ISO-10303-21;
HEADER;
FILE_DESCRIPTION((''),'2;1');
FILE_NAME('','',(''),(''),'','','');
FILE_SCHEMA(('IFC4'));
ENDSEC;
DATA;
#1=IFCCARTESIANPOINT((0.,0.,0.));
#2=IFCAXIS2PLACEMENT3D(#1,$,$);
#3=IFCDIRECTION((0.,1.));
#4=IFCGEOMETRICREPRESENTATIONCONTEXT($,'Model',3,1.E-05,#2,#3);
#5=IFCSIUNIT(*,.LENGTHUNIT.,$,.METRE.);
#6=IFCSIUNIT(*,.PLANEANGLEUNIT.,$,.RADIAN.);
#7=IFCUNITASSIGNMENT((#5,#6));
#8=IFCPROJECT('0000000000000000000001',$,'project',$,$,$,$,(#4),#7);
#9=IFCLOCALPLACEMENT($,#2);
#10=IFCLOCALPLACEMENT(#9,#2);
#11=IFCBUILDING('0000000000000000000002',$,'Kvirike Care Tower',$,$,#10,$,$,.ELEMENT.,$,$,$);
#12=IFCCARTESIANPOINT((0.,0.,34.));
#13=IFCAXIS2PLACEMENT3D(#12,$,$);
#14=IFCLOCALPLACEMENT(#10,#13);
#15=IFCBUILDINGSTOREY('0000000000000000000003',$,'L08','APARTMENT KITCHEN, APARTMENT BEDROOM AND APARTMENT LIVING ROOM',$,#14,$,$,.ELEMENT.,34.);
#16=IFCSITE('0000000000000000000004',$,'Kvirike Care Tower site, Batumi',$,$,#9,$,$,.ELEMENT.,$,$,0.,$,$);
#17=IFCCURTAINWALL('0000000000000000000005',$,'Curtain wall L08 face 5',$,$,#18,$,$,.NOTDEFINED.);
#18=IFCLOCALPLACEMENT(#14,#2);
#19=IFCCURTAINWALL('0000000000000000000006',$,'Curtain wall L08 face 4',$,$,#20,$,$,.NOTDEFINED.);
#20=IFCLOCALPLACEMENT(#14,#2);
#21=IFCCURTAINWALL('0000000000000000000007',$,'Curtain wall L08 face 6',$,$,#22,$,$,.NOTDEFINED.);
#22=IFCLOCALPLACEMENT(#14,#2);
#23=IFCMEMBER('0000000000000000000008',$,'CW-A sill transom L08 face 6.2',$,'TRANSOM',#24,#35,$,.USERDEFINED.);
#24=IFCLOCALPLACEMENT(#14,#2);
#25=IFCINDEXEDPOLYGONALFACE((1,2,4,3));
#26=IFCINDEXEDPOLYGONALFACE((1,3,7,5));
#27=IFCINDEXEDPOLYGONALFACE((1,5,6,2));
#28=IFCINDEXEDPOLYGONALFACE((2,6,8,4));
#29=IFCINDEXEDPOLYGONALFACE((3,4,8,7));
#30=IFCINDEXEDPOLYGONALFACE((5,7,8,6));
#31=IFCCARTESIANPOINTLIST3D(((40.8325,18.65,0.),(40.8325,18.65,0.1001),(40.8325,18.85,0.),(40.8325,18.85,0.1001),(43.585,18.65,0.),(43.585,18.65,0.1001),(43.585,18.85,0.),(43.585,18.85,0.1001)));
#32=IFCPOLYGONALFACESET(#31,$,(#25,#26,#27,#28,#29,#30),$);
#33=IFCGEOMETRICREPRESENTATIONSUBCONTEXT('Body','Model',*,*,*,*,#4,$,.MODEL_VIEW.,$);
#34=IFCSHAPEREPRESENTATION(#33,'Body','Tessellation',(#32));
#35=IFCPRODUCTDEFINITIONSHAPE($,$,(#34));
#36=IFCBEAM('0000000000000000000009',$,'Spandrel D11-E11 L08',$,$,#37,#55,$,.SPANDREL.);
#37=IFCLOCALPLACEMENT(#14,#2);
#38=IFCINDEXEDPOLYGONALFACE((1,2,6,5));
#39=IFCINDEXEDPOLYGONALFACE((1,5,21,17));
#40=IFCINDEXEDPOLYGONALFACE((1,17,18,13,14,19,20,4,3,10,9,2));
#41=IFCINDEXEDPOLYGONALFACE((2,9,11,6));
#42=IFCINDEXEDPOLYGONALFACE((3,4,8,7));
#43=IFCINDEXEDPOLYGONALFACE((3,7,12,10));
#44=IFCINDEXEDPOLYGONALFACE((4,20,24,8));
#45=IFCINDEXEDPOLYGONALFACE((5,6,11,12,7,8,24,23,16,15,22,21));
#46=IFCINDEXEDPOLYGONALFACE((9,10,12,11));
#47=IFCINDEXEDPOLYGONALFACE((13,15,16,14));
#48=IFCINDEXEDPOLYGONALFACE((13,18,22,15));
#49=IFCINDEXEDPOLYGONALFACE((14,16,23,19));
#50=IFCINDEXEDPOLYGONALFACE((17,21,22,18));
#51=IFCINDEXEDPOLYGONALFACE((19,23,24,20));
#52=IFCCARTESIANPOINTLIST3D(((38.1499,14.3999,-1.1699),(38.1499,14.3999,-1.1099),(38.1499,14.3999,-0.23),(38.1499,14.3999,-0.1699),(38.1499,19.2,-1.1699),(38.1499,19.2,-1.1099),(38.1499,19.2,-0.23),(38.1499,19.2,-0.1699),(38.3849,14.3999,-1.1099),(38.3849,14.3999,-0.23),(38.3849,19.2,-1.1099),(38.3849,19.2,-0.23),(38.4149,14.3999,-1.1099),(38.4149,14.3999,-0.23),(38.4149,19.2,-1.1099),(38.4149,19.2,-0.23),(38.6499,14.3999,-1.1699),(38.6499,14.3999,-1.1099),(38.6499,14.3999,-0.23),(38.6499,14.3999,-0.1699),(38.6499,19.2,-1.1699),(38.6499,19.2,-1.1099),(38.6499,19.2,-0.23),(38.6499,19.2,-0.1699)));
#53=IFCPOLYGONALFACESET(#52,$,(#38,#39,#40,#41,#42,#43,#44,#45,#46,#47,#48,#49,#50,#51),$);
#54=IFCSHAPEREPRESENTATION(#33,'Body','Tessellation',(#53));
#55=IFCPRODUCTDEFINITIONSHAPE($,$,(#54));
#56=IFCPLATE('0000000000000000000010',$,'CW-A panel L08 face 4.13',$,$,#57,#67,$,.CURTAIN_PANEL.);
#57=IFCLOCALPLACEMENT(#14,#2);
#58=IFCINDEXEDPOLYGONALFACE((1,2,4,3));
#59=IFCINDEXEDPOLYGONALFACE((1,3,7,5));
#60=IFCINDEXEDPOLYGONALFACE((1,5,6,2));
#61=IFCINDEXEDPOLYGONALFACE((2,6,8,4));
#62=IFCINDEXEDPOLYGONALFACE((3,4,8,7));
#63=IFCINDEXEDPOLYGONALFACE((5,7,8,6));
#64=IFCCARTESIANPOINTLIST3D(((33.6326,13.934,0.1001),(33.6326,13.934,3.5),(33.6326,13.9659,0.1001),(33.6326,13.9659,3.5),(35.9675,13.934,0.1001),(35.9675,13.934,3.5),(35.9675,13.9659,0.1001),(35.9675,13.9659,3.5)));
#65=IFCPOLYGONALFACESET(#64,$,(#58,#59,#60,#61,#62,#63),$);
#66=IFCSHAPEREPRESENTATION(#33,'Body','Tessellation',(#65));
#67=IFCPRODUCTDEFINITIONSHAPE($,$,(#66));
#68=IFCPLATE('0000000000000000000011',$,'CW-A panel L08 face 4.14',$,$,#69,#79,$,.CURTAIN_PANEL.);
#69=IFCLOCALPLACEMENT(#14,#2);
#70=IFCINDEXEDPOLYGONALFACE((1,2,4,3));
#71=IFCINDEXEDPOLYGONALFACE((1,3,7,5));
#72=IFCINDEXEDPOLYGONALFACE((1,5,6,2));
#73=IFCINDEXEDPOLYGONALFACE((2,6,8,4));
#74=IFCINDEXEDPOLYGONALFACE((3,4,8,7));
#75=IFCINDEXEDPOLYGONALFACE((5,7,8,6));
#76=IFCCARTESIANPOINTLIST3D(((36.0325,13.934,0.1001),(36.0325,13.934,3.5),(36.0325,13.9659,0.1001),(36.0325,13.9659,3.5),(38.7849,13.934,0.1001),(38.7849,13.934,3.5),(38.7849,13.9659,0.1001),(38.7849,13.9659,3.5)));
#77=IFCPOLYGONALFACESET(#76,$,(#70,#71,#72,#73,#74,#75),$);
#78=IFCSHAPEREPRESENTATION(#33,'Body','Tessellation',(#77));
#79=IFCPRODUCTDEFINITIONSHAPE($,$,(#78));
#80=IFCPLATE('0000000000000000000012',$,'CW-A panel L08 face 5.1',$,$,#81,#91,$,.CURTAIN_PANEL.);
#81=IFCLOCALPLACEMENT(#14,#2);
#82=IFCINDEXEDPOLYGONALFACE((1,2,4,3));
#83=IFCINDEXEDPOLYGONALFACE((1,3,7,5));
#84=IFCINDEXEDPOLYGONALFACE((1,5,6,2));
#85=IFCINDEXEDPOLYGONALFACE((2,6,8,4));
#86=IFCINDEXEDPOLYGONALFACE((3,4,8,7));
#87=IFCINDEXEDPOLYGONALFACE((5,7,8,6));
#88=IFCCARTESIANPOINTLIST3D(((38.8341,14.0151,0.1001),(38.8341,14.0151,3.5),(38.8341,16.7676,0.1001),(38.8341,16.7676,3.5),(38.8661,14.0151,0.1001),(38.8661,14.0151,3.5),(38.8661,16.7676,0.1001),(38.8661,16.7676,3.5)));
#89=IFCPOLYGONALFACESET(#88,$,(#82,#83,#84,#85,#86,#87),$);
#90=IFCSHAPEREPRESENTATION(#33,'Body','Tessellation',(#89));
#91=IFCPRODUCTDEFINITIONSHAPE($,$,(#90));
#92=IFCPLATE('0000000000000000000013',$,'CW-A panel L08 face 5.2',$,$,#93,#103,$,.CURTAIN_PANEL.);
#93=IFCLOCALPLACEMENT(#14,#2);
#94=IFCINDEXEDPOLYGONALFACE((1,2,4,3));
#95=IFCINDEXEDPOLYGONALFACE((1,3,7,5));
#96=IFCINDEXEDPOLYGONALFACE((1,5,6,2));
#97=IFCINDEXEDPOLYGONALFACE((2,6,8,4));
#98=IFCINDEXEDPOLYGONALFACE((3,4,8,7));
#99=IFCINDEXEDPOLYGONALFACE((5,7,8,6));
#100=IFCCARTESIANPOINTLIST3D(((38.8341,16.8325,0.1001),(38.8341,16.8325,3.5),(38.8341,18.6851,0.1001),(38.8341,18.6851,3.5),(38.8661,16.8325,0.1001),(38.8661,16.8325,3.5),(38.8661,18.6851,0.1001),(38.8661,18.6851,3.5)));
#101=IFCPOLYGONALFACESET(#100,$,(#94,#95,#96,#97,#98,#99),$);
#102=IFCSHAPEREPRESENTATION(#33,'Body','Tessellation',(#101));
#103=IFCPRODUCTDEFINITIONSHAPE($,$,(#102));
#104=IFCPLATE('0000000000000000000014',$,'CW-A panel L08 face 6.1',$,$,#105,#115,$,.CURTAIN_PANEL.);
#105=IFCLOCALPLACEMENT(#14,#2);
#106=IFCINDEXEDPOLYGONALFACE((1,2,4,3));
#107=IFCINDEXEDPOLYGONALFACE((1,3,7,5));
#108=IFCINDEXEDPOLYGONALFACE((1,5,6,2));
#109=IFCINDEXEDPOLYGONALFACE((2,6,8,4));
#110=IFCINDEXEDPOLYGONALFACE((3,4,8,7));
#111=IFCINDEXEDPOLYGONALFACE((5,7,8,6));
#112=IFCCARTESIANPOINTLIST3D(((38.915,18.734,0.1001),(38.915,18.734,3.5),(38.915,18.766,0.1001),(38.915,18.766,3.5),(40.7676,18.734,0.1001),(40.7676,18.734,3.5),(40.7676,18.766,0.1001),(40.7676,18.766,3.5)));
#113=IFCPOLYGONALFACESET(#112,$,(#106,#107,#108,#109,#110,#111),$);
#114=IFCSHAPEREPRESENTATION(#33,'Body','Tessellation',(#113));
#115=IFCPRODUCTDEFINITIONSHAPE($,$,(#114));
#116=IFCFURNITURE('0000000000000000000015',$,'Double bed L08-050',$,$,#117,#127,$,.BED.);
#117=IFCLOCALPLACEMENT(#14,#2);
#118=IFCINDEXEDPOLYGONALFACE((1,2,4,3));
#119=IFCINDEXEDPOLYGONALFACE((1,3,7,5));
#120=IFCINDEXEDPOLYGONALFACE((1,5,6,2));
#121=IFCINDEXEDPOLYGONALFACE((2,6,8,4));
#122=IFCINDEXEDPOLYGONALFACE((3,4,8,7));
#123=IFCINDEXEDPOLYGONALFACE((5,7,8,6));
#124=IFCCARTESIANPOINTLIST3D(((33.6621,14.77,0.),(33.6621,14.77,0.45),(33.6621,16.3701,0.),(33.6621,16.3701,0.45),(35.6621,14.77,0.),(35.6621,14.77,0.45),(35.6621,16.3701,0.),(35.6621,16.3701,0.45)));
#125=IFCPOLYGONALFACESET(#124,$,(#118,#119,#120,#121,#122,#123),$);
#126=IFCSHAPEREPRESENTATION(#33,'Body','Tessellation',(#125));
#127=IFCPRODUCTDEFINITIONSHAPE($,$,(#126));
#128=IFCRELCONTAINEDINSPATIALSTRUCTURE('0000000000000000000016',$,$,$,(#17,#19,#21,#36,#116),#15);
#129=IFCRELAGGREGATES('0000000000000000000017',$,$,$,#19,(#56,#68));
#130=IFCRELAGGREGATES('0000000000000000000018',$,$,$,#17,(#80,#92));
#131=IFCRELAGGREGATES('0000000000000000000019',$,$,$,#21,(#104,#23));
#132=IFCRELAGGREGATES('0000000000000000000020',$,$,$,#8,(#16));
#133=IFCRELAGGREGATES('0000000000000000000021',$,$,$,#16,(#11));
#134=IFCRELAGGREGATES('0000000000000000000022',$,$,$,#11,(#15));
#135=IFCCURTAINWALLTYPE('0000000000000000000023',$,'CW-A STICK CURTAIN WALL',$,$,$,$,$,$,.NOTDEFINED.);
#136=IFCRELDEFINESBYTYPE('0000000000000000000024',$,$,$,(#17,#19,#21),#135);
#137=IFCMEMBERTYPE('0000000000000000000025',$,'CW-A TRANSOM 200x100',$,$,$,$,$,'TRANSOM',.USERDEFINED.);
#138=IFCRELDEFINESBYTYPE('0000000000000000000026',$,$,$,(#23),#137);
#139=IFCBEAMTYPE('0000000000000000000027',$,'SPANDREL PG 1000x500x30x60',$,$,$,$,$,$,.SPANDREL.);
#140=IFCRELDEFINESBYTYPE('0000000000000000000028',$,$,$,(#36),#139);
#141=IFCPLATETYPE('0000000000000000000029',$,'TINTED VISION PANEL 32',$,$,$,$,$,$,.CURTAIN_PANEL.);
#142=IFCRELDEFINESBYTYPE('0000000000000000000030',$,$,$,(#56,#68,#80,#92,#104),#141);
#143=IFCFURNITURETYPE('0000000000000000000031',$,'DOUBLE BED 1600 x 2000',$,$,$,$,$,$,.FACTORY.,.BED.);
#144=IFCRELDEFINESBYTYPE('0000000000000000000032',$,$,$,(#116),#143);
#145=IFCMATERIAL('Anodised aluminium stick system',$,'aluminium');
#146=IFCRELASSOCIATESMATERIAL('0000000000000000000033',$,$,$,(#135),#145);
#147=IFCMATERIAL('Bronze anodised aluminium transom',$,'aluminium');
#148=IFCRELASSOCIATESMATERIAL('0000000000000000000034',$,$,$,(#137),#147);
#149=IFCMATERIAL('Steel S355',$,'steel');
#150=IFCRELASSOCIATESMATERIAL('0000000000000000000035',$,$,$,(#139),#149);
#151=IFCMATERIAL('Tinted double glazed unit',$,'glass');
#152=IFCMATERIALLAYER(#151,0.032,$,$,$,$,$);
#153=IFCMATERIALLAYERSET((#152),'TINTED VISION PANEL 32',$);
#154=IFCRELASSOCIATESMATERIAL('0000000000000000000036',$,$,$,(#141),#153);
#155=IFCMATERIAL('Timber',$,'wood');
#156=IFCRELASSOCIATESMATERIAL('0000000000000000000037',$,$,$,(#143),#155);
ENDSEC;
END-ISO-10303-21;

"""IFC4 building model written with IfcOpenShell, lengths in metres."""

from ifc_helpers import new_model, si_unit, direction, frame, origin, origin_2d, place, context, subcontext, project, spatial, rectangle, i_section, extrude, material, layer, layer_set, material_profile, profile_set, type_object, element, aggregate, save


model = new_model("IFC4")

# Units and contexts
model_context = context("Model", 3, precision=1e-05, world=origin(), true_north=direction((0.0, 1.0)))
body_context = subcontext(model_context, "Body", "Model", "MODEL_VIEW")
ifc_project = project(units=[si_unit("LENGTHUNIT", "METRE"), si_unit("PLANEANGLEUNIT", "RADIAN")], contexts=[model_context])

# Site, building, storey
site_placement = place(None, origin())
site = spatial("IfcSite", under=ifc_project, at=site_placement, Name="Kvirike Care Tower site, Batumi", CompositionType="ELEMENT", RefElevation=0.0)
building_placement = place(site_placement, origin())
building = spatial("IfcBuilding", under=site, at=building_placement, Name="Kvirike Care Tower", CompositionType="ELEMENT")
storey_placement = place(building_placement, frame((0.0, 0.0, 34.0)))
storey = spatial("IfcBuildingStorey", under=building, at=storey_placement, Name="L08", Description="APARTMENT KITCHEN, APARTMENT BEDROOM AND APARTMENT LIVING ROOM", CompositionType="ELEMENT", Elevation=34.0)

# Curtain wall
ifc_material_1 = material(Name="Anodised aluminium stick system", Category="aluminium")
curtain_wall_type = type_object("IfcCurtainWallType", Name="CW-A STICK CURTAIN WALL", PredefinedType="NOTDEFINED", material=ifc_material_1)
curtain_wall_1_placement = place(storey_placement, origin())
curtain_wall_1 = element("IfcCurtainWall", 1, at=curtain_wall_1_placement, inside=storey, type_object=curtain_wall_type, Name="Curtain wall L08 face 5", PredefinedType="NOTDEFINED")

# Curtain wall
curtain_wall_2_placement = place(storey_placement, origin())
curtain_wall_2 = element("IfcCurtainWall", 2, at=curtain_wall_2_placement, inside=storey, type_object=curtain_wall_type, Name="Curtain wall L08 face 4", PredefinedType="NOTDEFINED")

# Curtain wall
curtain_wall_3_placement = place(storey_placement, origin())
curtain_wall_3 = element("IfcCurtainWall", 3, at=curtain_wall_3_placement, inside=storey, type_object=curtain_wall_type, Name="Curtain wall L08 face 6", PredefinedType="NOTDEFINED")

# Member
ifc_material_2 = material(Name="Bronze anodised aluminium transom", Category="aluminium")
ifc_material_profile_1 = material_profile(ifc_material_2, rectangle(XDim=0.2, YDim=0.1001, at=origin_2d()), Name="CW-A TRANSOM 200x100")
ifc_profile_set_1 = profile_set([ifc_material_profile_1], Name="Bronze anodised aluminium transom")
member_type_1 = type_object("IfcMemberType", Name="CW-A TRANSOM 200x100", ElementType="TRANSOM", PredefinedType="USERDEFINED", material=ifc_profile_set_1)
member_1_placement = place(storey_placement, frame((40.8325, 18.75, 0.05), z_axis=(1.0, 0.0, 0.0), x_axis=(0.0, 1.0, 0.0)))
member_1 = element("IfcMember", 4, at=member_1_placement, type_object=member_type_1, Name="CW-A sill transom L08 face 6.2", ObjectType="TRANSOM", PredefinedType="USERDEFINED", context=body_context, shape_type="SweptSolid", body=[
    extrude(rectangle(XDim=0.2, YDim=0.1001, at=origin_2d()), origin(), (0.0, 0.0, 1.0), 2.7524),
])

# Beam
ifc_material_3 = material(Name="Steel S355", Category="steel")
ifc_material_profile_2 = material_profile(ifc_material_3, i_section(OverallWidth=0.5, OverallDepth=1.0, WebThickness=0.03, FlangeThickness=0.0601, at=origin_2d()), Name="PG 1000x500x30x60")
ifc_profile_set_2 = profile_set([ifc_material_profile_2], Name="Steel S355")
beam_type = type_object("IfcBeamType", Name="SPANDREL PG 1000x500x30x60", PredefinedType="SPANDREL", material=ifc_profile_set_2)
beam_placement = place(storey_placement, frame((38.3999, 14.3999, -0.6699), z_axis=(0.0, 1.0, 0.0), x_axis=(-1.0, 0.0, 0.0)))
element("IfcBeam", 5, at=beam_placement, inside=storey, type_object=beam_type, Name="Spandrel D11-E11 L08", PredefinedType="SPANDREL", context=body_context, shape_type="SweptSolid", body=[
    extrude(i_section(OverallWidth=0.5, OverallDepth=1.0, WebThickness=0.03, FlangeThickness=0.0601, at=origin_2d()), origin(), (0.0, 0.0, 1.0), 4.8),
])

# Plates
ifc_material_4 = material(Name="Tinted double glazed unit", Category="glass")
ifc_layer = layer(ifc_material_4, 0.032)
ifc_layer_set = layer_set([ifc_layer], Name="TINTED VISION PANEL 32")
plate_type = type_object("IfcPlateType", Name="TINTED VISION PANEL 32", PredefinedType="CURTAIN_PANEL", material=ifc_layer_set)
plate_1_placement = place(storey_placement, frame((34.8, 13.95, 0.1001), z_axis=(0.0, 0.0, 1.0), x_axis=(1.0, 0.0, 0.0)))
plate_1 = element("IfcPlate", 6, at=plate_1_placement, type_object=plate_type, Name="CW-A panel L08 face 4.13", PredefinedType="CURTAIN_PANEL", context=body_context, shape_type="SweptSolid", body=[
    extrude(rectangle(XDim=2.335, YDim=0.032, at=origin_2d()), origin(), (0.0, 0.0, 1.0), 3.3999),
])
plate_2_placement = place(storey_placement, frame((37.4087, 13.95, 0.1001), z_axis=(0.0, 0.0, 1.0), x_axis=(1.0, 0.0, 0.0)))
plate_2 = element("IfcPlate", 7, at=plate_2_placement, type_object=plate_type, Name="CW-A panel L08 face 4.14", PredefinedType="CURTAIN_PANEL", context=body_context, shape_type="SweptSolid", body=[
    extrude(rectangle(XDim=2.7524, YDim=0.032, at=origin_2d()), origin(), (0.0, 0.0, 1.0), 3.3999),
])
aggregate(curtain_wall_2, [plate_1, plate_2])
plate_3_placement = place(storey_placement, frame((38.8501, 15.3914, 0.1001), z_axis=(0.0, 0.0, 1.0), x_axis=(0.0, 1.0, 0.0)))
plate_3 = element("IfcPlate", 8, at=plate_3_placement, type_object=plate_type, Name="CW-A panel L08 face 5.1", PredefinedType="CURTAIN_PANEL", context=body_context, shape_type="SweptSolid", body=[
    extrude(rectangle(XDim=2.7524, YDim=0.032, at=origin_2d()), origin(), (0.0, 0.0, 1.0), 3.3999),
])
plate_4_placement = place(storey_placement, frame((38.8501, 17.7588, 0.1001), z_axis=(0.0, 0.0, 1.0), x_axis=(0.0, 1.0, 0.0)))
plate_4 = element("IfcPlate", 9, at=plate_4_placement, type_object=plate_type, Name="CW-A panel L08 face 5.2", PredefinedType="CURTAIN_PANEL", context=body_context, shape_type="SweptSolid", body=[
    extrude(rectangle(XDim=1.8525, YDim=0.032, at=origin_2d()), origin(), (0.0, 0.0, 1.0), 3.3999),
])
aggregate(curtain_wall_1, [plate_3, plate_4])
plate_5_placement = place(storey_placement, frame((39.8413, 18.75, 0.1001), z_axis=(0.0, 0.0, 1.0), x_axis=(1.0, 0.0, 0.0)))
plate_5 = element("IfcPlate", 10, at=plate_5_placement, type_object=plate_type, Name="CW-A panel L08 face 6.1", PredefinedType="CURTAIN_PANEL", context=body_context, shape_type="SweptSolid", body=[
    extrude(rectangle(XDim=1.8525, YDim=0.032, at=origin_2d()), origin(), (0.0, 0.0, 1.0), 3.3999),
])
aggregate(curtain_wall_3, [plate_5, member_1])

# Furniture
ifc_material_5 = material(Name="Timber", Category="wood")
furniture_type = type_object("IfcFurnitureType", Name="DOUBLE BED 1600 x 2000", AssemblyPlace="FACTORY", PredefinedType="BED", material=ifc_material_5)
furniture_placement = place(storey_placement, frame((34.6621, 15.5701, 0.0), z_axis=(0.0, 0.0, 1.0), x_axis=(0.0, 1.0, 0.0)))
element("IfcFurniture", 11, at=furniture_placement, inside=storey, type_object=furniture_type, Name="Double bed L08-050", PredefinedType="BED", context=body_context, shape_type="SweptSolid", body=[
    extrude(rectangle(XDim=1.6001, YDim=2.0, at=origin_2d()), origin(), (0.0, 0.0, 1.0), 0.45),
])

save(model, "model.ifc")
